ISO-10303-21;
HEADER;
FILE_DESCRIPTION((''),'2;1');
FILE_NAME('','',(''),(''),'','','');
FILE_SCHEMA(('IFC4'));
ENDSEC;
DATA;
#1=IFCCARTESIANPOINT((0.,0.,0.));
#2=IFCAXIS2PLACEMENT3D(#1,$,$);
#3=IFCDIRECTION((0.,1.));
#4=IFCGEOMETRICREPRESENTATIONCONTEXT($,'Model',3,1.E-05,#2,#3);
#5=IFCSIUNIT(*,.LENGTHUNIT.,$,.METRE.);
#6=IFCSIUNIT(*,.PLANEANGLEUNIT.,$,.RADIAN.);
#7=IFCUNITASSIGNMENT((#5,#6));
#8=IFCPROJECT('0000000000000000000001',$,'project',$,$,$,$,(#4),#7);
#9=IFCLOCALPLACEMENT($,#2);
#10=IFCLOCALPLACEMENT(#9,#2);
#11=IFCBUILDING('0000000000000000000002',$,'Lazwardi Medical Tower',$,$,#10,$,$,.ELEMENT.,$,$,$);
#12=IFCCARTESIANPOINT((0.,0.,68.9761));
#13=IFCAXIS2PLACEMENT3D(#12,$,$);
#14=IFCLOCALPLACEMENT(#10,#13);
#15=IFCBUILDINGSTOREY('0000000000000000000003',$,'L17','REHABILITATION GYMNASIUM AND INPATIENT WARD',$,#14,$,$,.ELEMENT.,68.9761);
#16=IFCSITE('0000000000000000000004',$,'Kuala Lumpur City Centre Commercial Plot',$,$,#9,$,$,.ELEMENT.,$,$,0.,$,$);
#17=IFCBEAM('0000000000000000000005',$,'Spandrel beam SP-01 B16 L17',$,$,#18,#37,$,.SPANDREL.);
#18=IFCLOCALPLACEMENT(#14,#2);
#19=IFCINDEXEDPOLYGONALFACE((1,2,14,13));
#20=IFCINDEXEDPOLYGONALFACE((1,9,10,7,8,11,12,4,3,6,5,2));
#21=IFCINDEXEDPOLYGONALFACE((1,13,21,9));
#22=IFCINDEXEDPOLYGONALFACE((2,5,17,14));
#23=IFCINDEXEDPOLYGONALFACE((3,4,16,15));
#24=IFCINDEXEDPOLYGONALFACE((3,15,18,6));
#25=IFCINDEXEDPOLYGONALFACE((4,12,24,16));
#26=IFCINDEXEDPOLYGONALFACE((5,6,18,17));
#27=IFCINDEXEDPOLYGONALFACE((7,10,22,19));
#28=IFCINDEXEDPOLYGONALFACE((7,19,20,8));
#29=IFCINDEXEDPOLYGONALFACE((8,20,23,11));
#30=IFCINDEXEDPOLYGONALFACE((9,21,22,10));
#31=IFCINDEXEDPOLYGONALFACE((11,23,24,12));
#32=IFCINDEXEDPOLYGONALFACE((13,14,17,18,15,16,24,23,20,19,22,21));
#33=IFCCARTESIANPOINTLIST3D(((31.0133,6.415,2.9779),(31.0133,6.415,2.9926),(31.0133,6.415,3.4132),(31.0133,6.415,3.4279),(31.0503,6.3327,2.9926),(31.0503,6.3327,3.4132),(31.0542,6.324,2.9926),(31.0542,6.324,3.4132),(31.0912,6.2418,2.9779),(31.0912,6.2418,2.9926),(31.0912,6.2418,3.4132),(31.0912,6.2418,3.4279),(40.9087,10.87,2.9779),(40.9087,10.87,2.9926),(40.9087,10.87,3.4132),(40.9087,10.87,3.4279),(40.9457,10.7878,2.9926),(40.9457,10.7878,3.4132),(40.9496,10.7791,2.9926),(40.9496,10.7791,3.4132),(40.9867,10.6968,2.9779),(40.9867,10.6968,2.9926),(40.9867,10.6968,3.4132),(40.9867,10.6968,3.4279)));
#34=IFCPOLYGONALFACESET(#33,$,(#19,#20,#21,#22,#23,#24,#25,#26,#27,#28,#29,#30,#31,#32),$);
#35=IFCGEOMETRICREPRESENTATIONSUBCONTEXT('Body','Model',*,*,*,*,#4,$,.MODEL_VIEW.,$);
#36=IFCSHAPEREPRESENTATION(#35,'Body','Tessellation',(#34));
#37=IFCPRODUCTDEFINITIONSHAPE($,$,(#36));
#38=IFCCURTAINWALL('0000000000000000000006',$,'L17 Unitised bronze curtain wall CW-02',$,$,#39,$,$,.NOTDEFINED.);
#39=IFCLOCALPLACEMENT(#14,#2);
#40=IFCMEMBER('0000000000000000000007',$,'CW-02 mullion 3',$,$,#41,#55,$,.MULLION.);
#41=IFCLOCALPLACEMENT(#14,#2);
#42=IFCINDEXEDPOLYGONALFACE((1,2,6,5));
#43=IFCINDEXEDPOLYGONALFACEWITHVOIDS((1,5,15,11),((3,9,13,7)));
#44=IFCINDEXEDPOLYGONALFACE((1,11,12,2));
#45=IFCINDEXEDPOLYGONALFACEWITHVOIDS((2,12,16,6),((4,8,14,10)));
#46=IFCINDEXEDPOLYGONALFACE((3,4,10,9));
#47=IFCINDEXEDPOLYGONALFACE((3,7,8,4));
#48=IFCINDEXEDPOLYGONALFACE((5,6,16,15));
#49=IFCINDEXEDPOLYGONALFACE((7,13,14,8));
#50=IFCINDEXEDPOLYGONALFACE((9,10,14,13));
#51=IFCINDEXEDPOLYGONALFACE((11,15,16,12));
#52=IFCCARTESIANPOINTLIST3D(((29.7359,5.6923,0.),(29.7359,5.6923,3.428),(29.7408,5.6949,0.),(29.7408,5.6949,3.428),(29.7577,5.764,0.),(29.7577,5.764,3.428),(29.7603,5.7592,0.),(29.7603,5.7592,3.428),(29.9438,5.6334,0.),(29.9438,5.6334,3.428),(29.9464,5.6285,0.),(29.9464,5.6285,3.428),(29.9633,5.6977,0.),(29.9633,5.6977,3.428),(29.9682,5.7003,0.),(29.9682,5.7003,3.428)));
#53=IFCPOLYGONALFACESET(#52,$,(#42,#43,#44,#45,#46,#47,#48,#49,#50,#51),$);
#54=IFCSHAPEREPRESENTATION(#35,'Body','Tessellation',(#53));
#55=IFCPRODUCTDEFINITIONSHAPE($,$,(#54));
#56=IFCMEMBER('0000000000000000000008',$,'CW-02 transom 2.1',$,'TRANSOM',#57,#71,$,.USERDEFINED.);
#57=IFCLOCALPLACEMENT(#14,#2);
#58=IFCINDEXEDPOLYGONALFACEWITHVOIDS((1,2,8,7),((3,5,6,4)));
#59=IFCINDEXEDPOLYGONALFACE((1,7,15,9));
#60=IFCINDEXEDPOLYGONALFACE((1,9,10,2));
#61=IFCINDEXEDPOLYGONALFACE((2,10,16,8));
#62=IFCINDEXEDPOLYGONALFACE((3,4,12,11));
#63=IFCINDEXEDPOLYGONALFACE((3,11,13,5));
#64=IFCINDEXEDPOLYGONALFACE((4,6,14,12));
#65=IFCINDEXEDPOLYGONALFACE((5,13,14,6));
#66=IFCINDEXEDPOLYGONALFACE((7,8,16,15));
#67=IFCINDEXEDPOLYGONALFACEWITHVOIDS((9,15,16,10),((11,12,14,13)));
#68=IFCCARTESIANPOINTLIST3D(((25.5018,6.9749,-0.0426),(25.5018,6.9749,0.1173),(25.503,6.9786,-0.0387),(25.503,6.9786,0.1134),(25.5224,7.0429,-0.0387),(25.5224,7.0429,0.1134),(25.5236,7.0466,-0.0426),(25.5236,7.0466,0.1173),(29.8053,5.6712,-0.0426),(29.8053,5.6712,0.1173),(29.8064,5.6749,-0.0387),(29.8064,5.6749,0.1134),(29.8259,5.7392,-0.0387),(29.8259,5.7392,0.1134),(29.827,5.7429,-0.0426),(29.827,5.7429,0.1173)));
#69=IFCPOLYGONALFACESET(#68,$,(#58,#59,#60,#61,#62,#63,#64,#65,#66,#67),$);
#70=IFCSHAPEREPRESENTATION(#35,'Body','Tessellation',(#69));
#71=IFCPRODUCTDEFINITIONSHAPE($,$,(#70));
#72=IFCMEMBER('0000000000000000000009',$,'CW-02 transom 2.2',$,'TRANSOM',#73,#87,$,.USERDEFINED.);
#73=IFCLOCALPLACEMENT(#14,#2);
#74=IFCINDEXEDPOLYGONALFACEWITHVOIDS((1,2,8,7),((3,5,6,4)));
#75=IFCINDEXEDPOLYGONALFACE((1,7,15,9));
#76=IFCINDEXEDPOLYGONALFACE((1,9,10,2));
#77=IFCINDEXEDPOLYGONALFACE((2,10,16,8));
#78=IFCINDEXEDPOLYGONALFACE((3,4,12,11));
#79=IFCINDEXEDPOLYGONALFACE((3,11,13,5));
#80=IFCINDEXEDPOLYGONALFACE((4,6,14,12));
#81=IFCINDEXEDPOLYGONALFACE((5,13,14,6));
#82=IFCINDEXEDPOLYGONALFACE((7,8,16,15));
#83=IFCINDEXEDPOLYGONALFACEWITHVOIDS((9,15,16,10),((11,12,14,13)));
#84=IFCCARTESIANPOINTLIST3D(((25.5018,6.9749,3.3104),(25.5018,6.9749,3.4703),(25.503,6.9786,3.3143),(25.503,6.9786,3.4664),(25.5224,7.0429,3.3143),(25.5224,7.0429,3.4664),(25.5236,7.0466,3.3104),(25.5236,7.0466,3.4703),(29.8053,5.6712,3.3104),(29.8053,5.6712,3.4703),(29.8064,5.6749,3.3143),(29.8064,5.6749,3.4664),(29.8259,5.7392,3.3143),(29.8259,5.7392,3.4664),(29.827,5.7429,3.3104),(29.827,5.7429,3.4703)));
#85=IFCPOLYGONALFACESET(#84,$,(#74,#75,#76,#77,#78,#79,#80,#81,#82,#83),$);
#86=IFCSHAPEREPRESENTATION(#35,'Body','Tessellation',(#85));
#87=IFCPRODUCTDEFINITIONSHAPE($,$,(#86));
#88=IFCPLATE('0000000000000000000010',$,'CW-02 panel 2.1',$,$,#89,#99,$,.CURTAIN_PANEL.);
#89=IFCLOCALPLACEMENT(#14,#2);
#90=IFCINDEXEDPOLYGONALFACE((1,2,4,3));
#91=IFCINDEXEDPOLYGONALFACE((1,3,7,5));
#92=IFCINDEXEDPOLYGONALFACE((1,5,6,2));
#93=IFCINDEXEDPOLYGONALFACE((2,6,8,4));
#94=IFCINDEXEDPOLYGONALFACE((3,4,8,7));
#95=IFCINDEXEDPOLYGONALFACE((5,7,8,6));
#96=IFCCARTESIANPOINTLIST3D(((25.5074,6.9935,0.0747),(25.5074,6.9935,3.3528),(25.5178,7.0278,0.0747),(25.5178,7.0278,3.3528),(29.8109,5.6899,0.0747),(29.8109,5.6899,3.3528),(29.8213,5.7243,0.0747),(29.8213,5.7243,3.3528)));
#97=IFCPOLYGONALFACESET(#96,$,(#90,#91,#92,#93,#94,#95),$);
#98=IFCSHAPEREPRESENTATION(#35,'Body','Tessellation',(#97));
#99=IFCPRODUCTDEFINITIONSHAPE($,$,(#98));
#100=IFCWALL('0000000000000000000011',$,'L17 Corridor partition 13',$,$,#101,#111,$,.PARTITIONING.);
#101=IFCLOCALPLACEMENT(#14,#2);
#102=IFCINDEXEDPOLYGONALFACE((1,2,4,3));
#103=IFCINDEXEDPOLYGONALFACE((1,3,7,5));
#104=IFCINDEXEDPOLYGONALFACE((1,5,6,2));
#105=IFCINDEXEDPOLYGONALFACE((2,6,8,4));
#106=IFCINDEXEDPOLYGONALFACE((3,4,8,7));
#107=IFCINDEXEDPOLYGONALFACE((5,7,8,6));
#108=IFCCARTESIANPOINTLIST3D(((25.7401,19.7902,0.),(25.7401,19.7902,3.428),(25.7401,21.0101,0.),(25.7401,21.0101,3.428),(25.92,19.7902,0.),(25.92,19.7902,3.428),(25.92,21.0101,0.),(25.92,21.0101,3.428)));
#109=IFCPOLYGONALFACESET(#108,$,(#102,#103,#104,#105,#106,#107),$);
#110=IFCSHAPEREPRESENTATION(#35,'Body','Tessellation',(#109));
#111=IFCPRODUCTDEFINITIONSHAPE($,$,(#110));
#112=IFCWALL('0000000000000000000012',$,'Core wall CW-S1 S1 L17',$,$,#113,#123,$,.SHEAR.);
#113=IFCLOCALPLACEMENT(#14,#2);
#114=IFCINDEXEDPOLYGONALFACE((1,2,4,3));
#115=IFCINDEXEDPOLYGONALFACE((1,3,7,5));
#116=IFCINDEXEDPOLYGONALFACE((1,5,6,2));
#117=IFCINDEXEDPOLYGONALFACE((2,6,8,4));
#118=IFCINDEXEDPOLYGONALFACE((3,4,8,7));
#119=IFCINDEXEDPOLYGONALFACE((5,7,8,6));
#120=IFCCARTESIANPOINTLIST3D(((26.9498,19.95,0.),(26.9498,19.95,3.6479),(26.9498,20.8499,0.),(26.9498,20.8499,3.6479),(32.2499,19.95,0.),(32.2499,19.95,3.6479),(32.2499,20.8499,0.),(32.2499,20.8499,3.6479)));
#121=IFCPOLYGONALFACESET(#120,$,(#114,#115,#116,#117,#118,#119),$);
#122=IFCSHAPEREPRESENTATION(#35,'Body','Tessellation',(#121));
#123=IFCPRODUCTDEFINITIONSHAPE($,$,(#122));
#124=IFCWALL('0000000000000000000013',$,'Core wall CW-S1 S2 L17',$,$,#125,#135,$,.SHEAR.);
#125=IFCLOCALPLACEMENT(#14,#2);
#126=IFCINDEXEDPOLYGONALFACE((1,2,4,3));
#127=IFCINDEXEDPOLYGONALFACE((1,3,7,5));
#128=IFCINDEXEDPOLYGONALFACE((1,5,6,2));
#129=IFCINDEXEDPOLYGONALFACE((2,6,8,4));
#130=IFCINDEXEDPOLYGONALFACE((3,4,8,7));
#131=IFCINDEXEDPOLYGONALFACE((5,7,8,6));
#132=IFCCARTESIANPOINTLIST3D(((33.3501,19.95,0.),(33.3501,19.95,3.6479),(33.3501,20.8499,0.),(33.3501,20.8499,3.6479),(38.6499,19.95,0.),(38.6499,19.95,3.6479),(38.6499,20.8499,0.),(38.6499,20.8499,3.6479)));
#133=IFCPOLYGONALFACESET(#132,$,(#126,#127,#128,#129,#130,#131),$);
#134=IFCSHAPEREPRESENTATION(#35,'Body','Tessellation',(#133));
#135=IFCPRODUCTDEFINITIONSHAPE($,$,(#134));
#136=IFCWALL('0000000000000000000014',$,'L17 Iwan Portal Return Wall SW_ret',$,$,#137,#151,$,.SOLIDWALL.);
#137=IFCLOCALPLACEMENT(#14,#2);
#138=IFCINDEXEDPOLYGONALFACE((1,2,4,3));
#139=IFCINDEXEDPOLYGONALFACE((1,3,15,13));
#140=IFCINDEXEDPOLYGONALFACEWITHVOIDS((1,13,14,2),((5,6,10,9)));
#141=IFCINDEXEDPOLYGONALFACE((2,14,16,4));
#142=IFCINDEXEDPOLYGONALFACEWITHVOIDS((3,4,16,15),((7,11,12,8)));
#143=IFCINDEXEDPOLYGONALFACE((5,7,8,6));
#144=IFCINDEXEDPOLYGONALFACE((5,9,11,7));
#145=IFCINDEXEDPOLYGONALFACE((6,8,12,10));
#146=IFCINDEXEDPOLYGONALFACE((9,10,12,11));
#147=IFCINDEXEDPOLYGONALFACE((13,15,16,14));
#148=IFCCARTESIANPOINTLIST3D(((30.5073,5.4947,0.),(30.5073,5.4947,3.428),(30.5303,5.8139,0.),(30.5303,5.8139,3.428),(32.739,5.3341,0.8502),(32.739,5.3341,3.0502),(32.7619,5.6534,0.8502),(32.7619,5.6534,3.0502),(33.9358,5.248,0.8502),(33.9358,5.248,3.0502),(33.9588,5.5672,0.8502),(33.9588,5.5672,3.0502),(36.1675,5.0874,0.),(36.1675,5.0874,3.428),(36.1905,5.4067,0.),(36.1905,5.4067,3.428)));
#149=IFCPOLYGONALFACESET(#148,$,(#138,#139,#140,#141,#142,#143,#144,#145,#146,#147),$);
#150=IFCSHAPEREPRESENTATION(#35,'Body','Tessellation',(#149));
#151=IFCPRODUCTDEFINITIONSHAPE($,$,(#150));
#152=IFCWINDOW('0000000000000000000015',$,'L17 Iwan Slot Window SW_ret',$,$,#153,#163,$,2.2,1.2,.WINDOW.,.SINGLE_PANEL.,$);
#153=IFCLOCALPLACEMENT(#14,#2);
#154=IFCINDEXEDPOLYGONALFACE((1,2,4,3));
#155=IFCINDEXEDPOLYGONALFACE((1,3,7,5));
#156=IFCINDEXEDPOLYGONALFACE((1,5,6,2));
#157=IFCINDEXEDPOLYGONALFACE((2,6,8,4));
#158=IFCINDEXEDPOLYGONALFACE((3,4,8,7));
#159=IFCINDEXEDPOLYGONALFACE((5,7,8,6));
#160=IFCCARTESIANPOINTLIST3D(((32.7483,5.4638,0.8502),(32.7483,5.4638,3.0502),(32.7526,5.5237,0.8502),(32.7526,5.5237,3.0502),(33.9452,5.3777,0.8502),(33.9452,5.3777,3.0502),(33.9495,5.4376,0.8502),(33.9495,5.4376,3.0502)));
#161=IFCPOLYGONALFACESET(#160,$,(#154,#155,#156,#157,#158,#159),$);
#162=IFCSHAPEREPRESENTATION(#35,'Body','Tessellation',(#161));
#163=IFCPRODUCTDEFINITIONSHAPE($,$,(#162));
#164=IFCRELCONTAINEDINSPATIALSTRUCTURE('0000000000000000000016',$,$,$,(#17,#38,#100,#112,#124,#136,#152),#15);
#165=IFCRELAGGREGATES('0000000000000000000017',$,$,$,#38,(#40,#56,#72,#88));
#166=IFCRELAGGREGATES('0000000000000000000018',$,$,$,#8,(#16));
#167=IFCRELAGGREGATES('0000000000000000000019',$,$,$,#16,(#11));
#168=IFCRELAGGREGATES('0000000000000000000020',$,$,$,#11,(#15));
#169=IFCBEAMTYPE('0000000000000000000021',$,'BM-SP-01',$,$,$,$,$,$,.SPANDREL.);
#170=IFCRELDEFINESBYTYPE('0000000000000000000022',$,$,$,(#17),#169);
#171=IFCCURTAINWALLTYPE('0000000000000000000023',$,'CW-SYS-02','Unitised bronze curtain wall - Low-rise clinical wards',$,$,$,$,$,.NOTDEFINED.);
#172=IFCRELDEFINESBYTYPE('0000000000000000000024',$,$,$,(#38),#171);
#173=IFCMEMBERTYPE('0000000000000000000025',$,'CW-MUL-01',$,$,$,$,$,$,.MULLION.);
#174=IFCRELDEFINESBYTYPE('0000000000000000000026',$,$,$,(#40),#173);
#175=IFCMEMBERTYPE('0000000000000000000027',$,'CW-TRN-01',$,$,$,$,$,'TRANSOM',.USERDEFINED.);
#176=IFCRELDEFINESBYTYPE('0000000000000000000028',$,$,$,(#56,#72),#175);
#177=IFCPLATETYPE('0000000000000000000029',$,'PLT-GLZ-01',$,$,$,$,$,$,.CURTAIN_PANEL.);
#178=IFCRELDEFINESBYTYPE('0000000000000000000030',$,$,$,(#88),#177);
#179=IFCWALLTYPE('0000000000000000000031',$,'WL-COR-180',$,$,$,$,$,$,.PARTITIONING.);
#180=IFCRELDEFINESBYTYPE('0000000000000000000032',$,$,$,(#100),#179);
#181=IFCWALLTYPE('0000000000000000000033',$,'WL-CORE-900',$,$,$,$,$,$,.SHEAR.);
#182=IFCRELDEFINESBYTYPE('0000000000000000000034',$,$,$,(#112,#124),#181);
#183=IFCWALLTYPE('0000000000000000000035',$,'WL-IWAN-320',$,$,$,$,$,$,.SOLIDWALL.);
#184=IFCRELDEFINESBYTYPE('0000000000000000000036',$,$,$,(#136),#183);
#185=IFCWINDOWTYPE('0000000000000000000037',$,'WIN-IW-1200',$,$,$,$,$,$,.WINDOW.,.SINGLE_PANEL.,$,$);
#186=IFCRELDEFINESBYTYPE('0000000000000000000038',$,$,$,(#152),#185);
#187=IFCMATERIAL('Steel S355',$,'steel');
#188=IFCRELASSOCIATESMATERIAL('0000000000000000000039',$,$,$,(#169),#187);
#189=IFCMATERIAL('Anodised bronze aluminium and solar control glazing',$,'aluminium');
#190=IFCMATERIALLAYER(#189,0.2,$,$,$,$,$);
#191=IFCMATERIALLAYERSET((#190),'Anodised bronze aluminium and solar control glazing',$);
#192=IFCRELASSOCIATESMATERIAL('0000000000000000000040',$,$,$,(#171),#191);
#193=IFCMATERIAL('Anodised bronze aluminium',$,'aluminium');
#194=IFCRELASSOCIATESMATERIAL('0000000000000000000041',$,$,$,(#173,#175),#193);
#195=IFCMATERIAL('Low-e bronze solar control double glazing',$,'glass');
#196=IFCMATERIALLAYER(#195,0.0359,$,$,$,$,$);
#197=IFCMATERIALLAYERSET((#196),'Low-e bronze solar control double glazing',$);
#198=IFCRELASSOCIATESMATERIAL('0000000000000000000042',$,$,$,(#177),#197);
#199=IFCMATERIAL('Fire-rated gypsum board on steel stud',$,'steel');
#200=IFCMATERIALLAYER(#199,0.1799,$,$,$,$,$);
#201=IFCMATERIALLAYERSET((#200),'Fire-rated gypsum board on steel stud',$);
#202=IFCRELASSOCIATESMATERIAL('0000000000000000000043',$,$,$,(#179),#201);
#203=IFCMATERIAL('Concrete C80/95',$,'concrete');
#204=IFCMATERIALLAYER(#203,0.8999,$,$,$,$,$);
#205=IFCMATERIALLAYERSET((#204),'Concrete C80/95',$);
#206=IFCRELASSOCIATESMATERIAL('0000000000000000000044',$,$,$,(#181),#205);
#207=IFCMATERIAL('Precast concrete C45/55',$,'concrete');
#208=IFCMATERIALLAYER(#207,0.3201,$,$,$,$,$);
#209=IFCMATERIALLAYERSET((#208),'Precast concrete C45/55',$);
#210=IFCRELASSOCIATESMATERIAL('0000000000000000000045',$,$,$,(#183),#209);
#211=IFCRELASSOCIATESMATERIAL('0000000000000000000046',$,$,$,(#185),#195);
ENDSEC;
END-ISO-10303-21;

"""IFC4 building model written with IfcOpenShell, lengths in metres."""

from ifc_helpers import new_model, si_unit, direction, frame, frame_2d, origin, origin_2d, place, context, subcontext, project, spatial, rectangle, hollow_rectangle, i_section, extrude, material, layer, layer_set, material_profile, profile_set, type_object, element, fill, aggregate, save


model = new_model("IFC4")

# Units and contexts
model_context = context("Model", 3, precision=1e-05, world=origin(), true_north=direction((0.0, 1.0)))
body_context = subcontext(model_context, "Body", "Model", "MODEL_VIEW")
ifc_project = project(units=[si_unit("LENGTHUNIT", "METRE"), si_unit("PLANEANGLEUNIT", "RADIAN")], contexts=[model_context])

# Site, building, storey
site_placement = place(None, origin())
site = spatial("IfcSite", under=ifc_project, at=site_placement, Name="Kuala Lumpur City Centre Commercial Plot", CompositionType="ELEMENT", RefElevation=0.0)
building_placement = place(site_placement, origin())
building = spatial("IfcBuilding", under=site, at=building_placement, Name="Lazwardi Medical Tower", CompositionType="ELEMENT")
storey_placement = place(building_placement, frame((0.0, 0.0, 68.9761)))
storey = spatial("IfcBuildingStorey", under=building, at=storey_placement, Name="L17", Description="REHABILITATION GYMNASIUM AND INPATIENT WARD", CompositionType="ELEMENT", Elevation=68.9761)

# Shared definitions
ifc_material_1 = material(Name="Concrete C80/95", Category="concrete")

# Beam
ifc_material_2 = material(Name="Steel S355", Category="steel")
ifc_material_profile_1 = material_profile(ifc_material_2, i_section(OverallWidth=0.1899, OverallDepth=0.45, WebThickness=0.0095, FlangeThickness=0.0146, at=origin_2d()), Name="IPE 450")
ifc_profile_set_1 = profile_set([ifc_material_profile_1], Name="Steel S355")
beam_type_1 = type_object("IfcBeamType", Name="BM-SP-01", PredefinedType="SPANDREL", material=ifc_profile_set_1)
beam_1_placement = place(storey_placement, frame((31.0522, 6.3284, 3.2029), z_axis=(0.911849, 0.410526, 0.0), x_axis=(-0.410526, 0.911849, 0.0)))
element("IfcBeam", 1, at=beam_1_placement, inside=storey, type_object=beam_type_1, Name="Spandrel beam SP-01 B16 L17", PredefinedType="SPANDREL", context=body_context, shape_type="SweptSolid", body=[
    extrude(i_section(OverallWidth=0.1899, OverallDepth=0.45, WebThickness=0.0095, FlangeThickness=0.0146, at=origin_2d()), origin(), (0.0, 0.0, 1.0), 10.8521),
])

# Curtain wall, members, plate
ifc_material_3 = material(Name="Anodised bronze aluminium and solar control glazing", Category="aluminium")
ifc_layer_1 = layer(ifc_material_3, 0.2)
ifc_layer_set_1 = layer_set([ifc_layer_1], Name="Anodised bronze aluminium and solar control glazing")
curtain_wall_type = type_object("IfcCurtainWallType", Name="CW-SYS-02", Description="Unitised bronze curtain wall - Low-rise clinical wards", PredefinedType="NOTDEFINED", material=ifc_layer_set_1)
curtain_wall_placement = place(storey_placement, origin())
curtain_wall = element("IfcCurtainWall", 2, at=curtain_wall_placement, inside=storey, type_object=curtain_wall_type, Name="L17 Unitised bronze curtain wall CW-02", PredefinedType="NOTDEFINED")
ifc_material_4 = material(Name="Anodised bronze aluminium", Category="aluminium")
ifc_material_profile_2 = material_profile(ifc_material_4, hollow_rectangle(XDim=0.075, YDim=0.22, WallThickness=0.0039, at=origin_2d()), Name="ALU-MULLION 220x75x4")
ifc_profile_set_2 = profile_set([ifc_material_profile_2], Name="Anodised bronze aluminium")
member_type_1 = type_object("IfcMemberType", Name="CW-MUL-01", PredefinedType="MULLION", material=ifc_profile_set_2)
member_1_placement = place(storey_placement, frame((29.8521, 5.6963, 0.0), z_axis=(0.0, 0.0, 1.0), x_axis=(0.289896, 0.957058, 0.0)))
member_1 = element("IfcMember", 3, at=member_1_placement, type_object=member_type_1, Name="CW-02 mullion 3", PredefinedType="MULLION", context=body_context, shape_type="SweptSolid", body=[
    extrude(hollow_rectangle(XDim=0.075, YDim=0.22, WallThickness=0.0039, at=origin_2d()), origin(), (0.0, 0.0, 1.0), 3.428),
])
ifc_material_profile_3 = material_profile(ifc_material_4, hollow_rectangle(XDim=0.075, YDim=0.1599, WallThickness=0.0039, at=origin_2d()), Name="ALU-TRANSOM 160x75x4")
ifc_profile_set_3 = profile_set([ifc_material_profile_3], Name="Anodised bronze aluminium")
member_type_2 = type_object("IfcMemberType", Name="CW-TRN-01", ElementType="TRANSOM", PredefinedType="USERDEFINED", material=ifc_profile_set_3)
member_2_placement = place(storey_placement, frame((25.5127, 7.0107, 0.0374), z_axis=(0.957047, -0.289932, 0.0), x_axis=(0.289932, 0.957047, 0.0)))
member_2 = element("IfcMember", 4, at=member_2_placement, type_object=member_type_2, Name="CW-02 transom 2.1", ObjectType="TRANSOM", PredefinedType="USERDEFINED", context=body_context, shape_type="SweptSolid", body=[
    extrude(hollow_rectangle(XDim=0.075, YDim=0.1599, WallThickness=0.0039, at=origin_2d()), origin(), (0.0, 0.0, 1.0), 4.4966),
])
member_3_placement = place(storey_placement, frame((25.5127, 7.0107, 3.3904), z_axis=(0.957047, -0.289932, 0.0), x_axis=(0.289932, 0.957047, 0.0)))
member_3 = element("IfcMember", 5, at=member_3_placement, type_object=member_type_2, Name="CW-02 transom 2.2", ObjectType="TRANSOM", PredefinedType="USERDEFINED", context=body_context, shape_type="SweptSolid", body=[
    extrude(hollow_rectangle(XDim=0.075, YDim=0.1599, WallThickness=0.0039, at=origin_2d()), origin(), (0.0, 0.0, 1.0), 4.4966),
])
ifc_material_5 = material(Name="Low-e bronze solar control double glazing", Category="glass")
ifc_layer_2 = layer(ifc_material_5, 0.0359)
ifc_layer_set_2 = layer_set([ifc_layer_2], Name="Low-e bronze solar control double glazing")
plate_type = type_object("IfcPlateType", Name="PLT-GLZ-01", PredefinedType="CURTAIN_PANEL", material=ifc_layer_set_2)
plate_placement = place(storey_placement, frame((27.6643, 6.3589, 0.0747), z_axis=(0.0, 0.0, 1.0), x_axis=(0.957058, -0.289896, 0.0)))
plate = element("IfcPlate", 6, at=plate_placement, type_object=plate_type, Name="CW-02 panel 2.1", PredefinedType="CURTAIN_PANEL", context=body_context, shape_type="SweptSolid", body=[
    extrude(rectangle(XDim=4.4966, YDim=0.0359, at=origin_2d()), origin(), (0.0, 0.0, 1.0), 3.2781),
])
aggregate(curtain_wall, [member_1, member_2, member_3, plate])

# Wall
ifc_material_6 = material(Name="Fire-rated gypsum board on steel stud", Category="steel")
ifc_layer_3 = layer(ifc_material_6, 0.1799)
ifc_layer_set_3 = layer_set([ifc_layer_3], Name="Fire-rated gypsum board on steel stud")
wall_type_1 = type_object("IfcWallType", Name="WL-COR-180", PredefinedType="PARTITIONING", material=ifc_layer_set_3)
wall_1_placement = place(storey_placement, frame((25.8301, 21.01, 0.0), z_axis=(0.0, 0.0, 1.0), x_axis=(0.0, -1.0, 0.0)))
element("IfcWall", 7, at=wall_1_placement, inside=storey, type_object=wall_type_1, Name="L17 Corridor partition 13", PredefinedType="PARTITIONING", context=body_context, shape_type="SweptSolid", body=[
    extrude(rectangle(XDim=1.22, YDim=0.1799, at=frame_2d((0.6099, 0.0))), origin(), (0.0, 0.0, 1.0), 3.428),
])

# Shared definitions
ifc_layer_4 = layer(ifc_material_1, 0.8999)
ifc_layer_set_4 = layer_set([ifc_layer_4], Name="Concrete C80/95")
wall_type_2 = type_object("IfcWallType", Name="WL-CORE-900", PredefinedType="SHEAR", material=ifc_layer_set_4)

# Walls
wall_2_placement = place(storey_placement, frame((26.95, 20.3999, 0.0), z_axis=(0.0, 0.0, 1.0), x_axis=(1.0, 0.0, 0.0)))
element("IfcWall", 8, at=wall_2_placement, inside=storey, type_object=wall_type_2, Name="Core wall CW-S1 S1 L17", PredefinedType="SHEAR", context=body_context, shape_type="SweptSolid", body=[
    extrude(rectangle(XDim=5.3, YDim=0.8999, at=frame_2d((2.6499, 0.0))), origin(), (0.0, 0.0, 1.0), 3.6479),
])
wall_3_placement = place(storey_placement, frame((33.3501, 20.3999, 0.0), z_axis=(0.0, 0.0, 1.0), x_axis=(1.0, 0.0, 0.0)))
element("IfcWall", 9, at=wall_3_placement, inside=storey, type_object=wall_type_2, Name="Core wall CW-S1 S2 L17", PredefinedType="SHEAR", context=body_context, shape_type="SweptSolid", body=[
    extrude(rectangle(XDim=5.2998, YDim=0.8999, at=frame_2d((2.6499, 0.0))), origin(), (0.0, 0.0, 1.0), 3.6479),
])

# Wall, opening, window
ifc_material_7 = material(Name="Precast concrete C45/55", Category="concrete")
ifc_layer_5 = layer(ifc_material_7, 0.3201)
ifc_layer_set_5 = layer_set([ifc_layer_5], Name="Precast concrete C45/55")
wall_type_3 = type_object("IfcWallType", Name="WL-IWAN-320", PredefinedType="SOLIDWALL", material=ifc_layer_set_5)
wall_4_placement = place(storey_placement, frame((30.5188, 5.6543, 0.0), z_axis=(0.0, 0.0, 1.0), x_axis=(0.997422, -0.071761, 0.0)))
wall_4 = element("IfcWall", 10, at=wall_4_placement, inside=storey, type_object=wall_type_3, Name="L17 Iwan Portal Return Wall SW_ret", PredefinedType="SOLIDWALL", context=body_context, shape_type="SweptSolid", body=[
    extrude(rectangle(XDim=5.6748, YDim=0.3201, at=frame_2d((2.8374, 0.0))), origin(), (0.0, 0.0, 1.0), 3.428),
])
opening_1_placement = place(wall_4_placement, frame((2.2373, 0.0, 0.8501)))
opening_1 = element("IfcOpeningElement", 11, at=opening_1_placement, cuts=wall_4, PredefinedType="OPENING", context=body_context, shape_type="SweptSolid", body=[
    extrude(rectangle(XDim=1.2, YDim=2.2, at=frame_2d((0.6001, 1.1001))), frame((0.0, 0.1699, 0.0), z_axis=(0.0, -1.0, 0.0), x_axis=(1.0, 0.0, 0.0)), (0.0, 0.0, 1.0), 0.3401),
])
window_type = type_object("IfcWindowType", Name="WIN-IW-1200", PartitioningType="SINGLE_PANEL", PredefinedType="WINDOW", material=ifc_material_5)
window_placement = place(opening_1_placement, origin())
window = element("IfcWindow", 12, at=window_placement, inside=storey, type_object=window_type, Name="L17 Iwan Slot Window SW_ret", OverallHeight=2.2, OverallWidth=1.2, PartitioningType="SINGLE_PANEL", PredefinedType="WINDOW", context=body_context, shape_type="SweptSolid", body=[
    extrude(rectangle(XDim=1.2, YDim=2.2, at=frame_2d((0.6001, 1.1001))), frame((0.0, 0.03, 0.0), z_axis=(0.0, -1.0, 0.0), x_axis=(1.0, 0.0, 0.0)), (0.0, 0.0, 1.0), 0.0601),
])
fill(opening_1, window)

save(model, "model.ifc")
